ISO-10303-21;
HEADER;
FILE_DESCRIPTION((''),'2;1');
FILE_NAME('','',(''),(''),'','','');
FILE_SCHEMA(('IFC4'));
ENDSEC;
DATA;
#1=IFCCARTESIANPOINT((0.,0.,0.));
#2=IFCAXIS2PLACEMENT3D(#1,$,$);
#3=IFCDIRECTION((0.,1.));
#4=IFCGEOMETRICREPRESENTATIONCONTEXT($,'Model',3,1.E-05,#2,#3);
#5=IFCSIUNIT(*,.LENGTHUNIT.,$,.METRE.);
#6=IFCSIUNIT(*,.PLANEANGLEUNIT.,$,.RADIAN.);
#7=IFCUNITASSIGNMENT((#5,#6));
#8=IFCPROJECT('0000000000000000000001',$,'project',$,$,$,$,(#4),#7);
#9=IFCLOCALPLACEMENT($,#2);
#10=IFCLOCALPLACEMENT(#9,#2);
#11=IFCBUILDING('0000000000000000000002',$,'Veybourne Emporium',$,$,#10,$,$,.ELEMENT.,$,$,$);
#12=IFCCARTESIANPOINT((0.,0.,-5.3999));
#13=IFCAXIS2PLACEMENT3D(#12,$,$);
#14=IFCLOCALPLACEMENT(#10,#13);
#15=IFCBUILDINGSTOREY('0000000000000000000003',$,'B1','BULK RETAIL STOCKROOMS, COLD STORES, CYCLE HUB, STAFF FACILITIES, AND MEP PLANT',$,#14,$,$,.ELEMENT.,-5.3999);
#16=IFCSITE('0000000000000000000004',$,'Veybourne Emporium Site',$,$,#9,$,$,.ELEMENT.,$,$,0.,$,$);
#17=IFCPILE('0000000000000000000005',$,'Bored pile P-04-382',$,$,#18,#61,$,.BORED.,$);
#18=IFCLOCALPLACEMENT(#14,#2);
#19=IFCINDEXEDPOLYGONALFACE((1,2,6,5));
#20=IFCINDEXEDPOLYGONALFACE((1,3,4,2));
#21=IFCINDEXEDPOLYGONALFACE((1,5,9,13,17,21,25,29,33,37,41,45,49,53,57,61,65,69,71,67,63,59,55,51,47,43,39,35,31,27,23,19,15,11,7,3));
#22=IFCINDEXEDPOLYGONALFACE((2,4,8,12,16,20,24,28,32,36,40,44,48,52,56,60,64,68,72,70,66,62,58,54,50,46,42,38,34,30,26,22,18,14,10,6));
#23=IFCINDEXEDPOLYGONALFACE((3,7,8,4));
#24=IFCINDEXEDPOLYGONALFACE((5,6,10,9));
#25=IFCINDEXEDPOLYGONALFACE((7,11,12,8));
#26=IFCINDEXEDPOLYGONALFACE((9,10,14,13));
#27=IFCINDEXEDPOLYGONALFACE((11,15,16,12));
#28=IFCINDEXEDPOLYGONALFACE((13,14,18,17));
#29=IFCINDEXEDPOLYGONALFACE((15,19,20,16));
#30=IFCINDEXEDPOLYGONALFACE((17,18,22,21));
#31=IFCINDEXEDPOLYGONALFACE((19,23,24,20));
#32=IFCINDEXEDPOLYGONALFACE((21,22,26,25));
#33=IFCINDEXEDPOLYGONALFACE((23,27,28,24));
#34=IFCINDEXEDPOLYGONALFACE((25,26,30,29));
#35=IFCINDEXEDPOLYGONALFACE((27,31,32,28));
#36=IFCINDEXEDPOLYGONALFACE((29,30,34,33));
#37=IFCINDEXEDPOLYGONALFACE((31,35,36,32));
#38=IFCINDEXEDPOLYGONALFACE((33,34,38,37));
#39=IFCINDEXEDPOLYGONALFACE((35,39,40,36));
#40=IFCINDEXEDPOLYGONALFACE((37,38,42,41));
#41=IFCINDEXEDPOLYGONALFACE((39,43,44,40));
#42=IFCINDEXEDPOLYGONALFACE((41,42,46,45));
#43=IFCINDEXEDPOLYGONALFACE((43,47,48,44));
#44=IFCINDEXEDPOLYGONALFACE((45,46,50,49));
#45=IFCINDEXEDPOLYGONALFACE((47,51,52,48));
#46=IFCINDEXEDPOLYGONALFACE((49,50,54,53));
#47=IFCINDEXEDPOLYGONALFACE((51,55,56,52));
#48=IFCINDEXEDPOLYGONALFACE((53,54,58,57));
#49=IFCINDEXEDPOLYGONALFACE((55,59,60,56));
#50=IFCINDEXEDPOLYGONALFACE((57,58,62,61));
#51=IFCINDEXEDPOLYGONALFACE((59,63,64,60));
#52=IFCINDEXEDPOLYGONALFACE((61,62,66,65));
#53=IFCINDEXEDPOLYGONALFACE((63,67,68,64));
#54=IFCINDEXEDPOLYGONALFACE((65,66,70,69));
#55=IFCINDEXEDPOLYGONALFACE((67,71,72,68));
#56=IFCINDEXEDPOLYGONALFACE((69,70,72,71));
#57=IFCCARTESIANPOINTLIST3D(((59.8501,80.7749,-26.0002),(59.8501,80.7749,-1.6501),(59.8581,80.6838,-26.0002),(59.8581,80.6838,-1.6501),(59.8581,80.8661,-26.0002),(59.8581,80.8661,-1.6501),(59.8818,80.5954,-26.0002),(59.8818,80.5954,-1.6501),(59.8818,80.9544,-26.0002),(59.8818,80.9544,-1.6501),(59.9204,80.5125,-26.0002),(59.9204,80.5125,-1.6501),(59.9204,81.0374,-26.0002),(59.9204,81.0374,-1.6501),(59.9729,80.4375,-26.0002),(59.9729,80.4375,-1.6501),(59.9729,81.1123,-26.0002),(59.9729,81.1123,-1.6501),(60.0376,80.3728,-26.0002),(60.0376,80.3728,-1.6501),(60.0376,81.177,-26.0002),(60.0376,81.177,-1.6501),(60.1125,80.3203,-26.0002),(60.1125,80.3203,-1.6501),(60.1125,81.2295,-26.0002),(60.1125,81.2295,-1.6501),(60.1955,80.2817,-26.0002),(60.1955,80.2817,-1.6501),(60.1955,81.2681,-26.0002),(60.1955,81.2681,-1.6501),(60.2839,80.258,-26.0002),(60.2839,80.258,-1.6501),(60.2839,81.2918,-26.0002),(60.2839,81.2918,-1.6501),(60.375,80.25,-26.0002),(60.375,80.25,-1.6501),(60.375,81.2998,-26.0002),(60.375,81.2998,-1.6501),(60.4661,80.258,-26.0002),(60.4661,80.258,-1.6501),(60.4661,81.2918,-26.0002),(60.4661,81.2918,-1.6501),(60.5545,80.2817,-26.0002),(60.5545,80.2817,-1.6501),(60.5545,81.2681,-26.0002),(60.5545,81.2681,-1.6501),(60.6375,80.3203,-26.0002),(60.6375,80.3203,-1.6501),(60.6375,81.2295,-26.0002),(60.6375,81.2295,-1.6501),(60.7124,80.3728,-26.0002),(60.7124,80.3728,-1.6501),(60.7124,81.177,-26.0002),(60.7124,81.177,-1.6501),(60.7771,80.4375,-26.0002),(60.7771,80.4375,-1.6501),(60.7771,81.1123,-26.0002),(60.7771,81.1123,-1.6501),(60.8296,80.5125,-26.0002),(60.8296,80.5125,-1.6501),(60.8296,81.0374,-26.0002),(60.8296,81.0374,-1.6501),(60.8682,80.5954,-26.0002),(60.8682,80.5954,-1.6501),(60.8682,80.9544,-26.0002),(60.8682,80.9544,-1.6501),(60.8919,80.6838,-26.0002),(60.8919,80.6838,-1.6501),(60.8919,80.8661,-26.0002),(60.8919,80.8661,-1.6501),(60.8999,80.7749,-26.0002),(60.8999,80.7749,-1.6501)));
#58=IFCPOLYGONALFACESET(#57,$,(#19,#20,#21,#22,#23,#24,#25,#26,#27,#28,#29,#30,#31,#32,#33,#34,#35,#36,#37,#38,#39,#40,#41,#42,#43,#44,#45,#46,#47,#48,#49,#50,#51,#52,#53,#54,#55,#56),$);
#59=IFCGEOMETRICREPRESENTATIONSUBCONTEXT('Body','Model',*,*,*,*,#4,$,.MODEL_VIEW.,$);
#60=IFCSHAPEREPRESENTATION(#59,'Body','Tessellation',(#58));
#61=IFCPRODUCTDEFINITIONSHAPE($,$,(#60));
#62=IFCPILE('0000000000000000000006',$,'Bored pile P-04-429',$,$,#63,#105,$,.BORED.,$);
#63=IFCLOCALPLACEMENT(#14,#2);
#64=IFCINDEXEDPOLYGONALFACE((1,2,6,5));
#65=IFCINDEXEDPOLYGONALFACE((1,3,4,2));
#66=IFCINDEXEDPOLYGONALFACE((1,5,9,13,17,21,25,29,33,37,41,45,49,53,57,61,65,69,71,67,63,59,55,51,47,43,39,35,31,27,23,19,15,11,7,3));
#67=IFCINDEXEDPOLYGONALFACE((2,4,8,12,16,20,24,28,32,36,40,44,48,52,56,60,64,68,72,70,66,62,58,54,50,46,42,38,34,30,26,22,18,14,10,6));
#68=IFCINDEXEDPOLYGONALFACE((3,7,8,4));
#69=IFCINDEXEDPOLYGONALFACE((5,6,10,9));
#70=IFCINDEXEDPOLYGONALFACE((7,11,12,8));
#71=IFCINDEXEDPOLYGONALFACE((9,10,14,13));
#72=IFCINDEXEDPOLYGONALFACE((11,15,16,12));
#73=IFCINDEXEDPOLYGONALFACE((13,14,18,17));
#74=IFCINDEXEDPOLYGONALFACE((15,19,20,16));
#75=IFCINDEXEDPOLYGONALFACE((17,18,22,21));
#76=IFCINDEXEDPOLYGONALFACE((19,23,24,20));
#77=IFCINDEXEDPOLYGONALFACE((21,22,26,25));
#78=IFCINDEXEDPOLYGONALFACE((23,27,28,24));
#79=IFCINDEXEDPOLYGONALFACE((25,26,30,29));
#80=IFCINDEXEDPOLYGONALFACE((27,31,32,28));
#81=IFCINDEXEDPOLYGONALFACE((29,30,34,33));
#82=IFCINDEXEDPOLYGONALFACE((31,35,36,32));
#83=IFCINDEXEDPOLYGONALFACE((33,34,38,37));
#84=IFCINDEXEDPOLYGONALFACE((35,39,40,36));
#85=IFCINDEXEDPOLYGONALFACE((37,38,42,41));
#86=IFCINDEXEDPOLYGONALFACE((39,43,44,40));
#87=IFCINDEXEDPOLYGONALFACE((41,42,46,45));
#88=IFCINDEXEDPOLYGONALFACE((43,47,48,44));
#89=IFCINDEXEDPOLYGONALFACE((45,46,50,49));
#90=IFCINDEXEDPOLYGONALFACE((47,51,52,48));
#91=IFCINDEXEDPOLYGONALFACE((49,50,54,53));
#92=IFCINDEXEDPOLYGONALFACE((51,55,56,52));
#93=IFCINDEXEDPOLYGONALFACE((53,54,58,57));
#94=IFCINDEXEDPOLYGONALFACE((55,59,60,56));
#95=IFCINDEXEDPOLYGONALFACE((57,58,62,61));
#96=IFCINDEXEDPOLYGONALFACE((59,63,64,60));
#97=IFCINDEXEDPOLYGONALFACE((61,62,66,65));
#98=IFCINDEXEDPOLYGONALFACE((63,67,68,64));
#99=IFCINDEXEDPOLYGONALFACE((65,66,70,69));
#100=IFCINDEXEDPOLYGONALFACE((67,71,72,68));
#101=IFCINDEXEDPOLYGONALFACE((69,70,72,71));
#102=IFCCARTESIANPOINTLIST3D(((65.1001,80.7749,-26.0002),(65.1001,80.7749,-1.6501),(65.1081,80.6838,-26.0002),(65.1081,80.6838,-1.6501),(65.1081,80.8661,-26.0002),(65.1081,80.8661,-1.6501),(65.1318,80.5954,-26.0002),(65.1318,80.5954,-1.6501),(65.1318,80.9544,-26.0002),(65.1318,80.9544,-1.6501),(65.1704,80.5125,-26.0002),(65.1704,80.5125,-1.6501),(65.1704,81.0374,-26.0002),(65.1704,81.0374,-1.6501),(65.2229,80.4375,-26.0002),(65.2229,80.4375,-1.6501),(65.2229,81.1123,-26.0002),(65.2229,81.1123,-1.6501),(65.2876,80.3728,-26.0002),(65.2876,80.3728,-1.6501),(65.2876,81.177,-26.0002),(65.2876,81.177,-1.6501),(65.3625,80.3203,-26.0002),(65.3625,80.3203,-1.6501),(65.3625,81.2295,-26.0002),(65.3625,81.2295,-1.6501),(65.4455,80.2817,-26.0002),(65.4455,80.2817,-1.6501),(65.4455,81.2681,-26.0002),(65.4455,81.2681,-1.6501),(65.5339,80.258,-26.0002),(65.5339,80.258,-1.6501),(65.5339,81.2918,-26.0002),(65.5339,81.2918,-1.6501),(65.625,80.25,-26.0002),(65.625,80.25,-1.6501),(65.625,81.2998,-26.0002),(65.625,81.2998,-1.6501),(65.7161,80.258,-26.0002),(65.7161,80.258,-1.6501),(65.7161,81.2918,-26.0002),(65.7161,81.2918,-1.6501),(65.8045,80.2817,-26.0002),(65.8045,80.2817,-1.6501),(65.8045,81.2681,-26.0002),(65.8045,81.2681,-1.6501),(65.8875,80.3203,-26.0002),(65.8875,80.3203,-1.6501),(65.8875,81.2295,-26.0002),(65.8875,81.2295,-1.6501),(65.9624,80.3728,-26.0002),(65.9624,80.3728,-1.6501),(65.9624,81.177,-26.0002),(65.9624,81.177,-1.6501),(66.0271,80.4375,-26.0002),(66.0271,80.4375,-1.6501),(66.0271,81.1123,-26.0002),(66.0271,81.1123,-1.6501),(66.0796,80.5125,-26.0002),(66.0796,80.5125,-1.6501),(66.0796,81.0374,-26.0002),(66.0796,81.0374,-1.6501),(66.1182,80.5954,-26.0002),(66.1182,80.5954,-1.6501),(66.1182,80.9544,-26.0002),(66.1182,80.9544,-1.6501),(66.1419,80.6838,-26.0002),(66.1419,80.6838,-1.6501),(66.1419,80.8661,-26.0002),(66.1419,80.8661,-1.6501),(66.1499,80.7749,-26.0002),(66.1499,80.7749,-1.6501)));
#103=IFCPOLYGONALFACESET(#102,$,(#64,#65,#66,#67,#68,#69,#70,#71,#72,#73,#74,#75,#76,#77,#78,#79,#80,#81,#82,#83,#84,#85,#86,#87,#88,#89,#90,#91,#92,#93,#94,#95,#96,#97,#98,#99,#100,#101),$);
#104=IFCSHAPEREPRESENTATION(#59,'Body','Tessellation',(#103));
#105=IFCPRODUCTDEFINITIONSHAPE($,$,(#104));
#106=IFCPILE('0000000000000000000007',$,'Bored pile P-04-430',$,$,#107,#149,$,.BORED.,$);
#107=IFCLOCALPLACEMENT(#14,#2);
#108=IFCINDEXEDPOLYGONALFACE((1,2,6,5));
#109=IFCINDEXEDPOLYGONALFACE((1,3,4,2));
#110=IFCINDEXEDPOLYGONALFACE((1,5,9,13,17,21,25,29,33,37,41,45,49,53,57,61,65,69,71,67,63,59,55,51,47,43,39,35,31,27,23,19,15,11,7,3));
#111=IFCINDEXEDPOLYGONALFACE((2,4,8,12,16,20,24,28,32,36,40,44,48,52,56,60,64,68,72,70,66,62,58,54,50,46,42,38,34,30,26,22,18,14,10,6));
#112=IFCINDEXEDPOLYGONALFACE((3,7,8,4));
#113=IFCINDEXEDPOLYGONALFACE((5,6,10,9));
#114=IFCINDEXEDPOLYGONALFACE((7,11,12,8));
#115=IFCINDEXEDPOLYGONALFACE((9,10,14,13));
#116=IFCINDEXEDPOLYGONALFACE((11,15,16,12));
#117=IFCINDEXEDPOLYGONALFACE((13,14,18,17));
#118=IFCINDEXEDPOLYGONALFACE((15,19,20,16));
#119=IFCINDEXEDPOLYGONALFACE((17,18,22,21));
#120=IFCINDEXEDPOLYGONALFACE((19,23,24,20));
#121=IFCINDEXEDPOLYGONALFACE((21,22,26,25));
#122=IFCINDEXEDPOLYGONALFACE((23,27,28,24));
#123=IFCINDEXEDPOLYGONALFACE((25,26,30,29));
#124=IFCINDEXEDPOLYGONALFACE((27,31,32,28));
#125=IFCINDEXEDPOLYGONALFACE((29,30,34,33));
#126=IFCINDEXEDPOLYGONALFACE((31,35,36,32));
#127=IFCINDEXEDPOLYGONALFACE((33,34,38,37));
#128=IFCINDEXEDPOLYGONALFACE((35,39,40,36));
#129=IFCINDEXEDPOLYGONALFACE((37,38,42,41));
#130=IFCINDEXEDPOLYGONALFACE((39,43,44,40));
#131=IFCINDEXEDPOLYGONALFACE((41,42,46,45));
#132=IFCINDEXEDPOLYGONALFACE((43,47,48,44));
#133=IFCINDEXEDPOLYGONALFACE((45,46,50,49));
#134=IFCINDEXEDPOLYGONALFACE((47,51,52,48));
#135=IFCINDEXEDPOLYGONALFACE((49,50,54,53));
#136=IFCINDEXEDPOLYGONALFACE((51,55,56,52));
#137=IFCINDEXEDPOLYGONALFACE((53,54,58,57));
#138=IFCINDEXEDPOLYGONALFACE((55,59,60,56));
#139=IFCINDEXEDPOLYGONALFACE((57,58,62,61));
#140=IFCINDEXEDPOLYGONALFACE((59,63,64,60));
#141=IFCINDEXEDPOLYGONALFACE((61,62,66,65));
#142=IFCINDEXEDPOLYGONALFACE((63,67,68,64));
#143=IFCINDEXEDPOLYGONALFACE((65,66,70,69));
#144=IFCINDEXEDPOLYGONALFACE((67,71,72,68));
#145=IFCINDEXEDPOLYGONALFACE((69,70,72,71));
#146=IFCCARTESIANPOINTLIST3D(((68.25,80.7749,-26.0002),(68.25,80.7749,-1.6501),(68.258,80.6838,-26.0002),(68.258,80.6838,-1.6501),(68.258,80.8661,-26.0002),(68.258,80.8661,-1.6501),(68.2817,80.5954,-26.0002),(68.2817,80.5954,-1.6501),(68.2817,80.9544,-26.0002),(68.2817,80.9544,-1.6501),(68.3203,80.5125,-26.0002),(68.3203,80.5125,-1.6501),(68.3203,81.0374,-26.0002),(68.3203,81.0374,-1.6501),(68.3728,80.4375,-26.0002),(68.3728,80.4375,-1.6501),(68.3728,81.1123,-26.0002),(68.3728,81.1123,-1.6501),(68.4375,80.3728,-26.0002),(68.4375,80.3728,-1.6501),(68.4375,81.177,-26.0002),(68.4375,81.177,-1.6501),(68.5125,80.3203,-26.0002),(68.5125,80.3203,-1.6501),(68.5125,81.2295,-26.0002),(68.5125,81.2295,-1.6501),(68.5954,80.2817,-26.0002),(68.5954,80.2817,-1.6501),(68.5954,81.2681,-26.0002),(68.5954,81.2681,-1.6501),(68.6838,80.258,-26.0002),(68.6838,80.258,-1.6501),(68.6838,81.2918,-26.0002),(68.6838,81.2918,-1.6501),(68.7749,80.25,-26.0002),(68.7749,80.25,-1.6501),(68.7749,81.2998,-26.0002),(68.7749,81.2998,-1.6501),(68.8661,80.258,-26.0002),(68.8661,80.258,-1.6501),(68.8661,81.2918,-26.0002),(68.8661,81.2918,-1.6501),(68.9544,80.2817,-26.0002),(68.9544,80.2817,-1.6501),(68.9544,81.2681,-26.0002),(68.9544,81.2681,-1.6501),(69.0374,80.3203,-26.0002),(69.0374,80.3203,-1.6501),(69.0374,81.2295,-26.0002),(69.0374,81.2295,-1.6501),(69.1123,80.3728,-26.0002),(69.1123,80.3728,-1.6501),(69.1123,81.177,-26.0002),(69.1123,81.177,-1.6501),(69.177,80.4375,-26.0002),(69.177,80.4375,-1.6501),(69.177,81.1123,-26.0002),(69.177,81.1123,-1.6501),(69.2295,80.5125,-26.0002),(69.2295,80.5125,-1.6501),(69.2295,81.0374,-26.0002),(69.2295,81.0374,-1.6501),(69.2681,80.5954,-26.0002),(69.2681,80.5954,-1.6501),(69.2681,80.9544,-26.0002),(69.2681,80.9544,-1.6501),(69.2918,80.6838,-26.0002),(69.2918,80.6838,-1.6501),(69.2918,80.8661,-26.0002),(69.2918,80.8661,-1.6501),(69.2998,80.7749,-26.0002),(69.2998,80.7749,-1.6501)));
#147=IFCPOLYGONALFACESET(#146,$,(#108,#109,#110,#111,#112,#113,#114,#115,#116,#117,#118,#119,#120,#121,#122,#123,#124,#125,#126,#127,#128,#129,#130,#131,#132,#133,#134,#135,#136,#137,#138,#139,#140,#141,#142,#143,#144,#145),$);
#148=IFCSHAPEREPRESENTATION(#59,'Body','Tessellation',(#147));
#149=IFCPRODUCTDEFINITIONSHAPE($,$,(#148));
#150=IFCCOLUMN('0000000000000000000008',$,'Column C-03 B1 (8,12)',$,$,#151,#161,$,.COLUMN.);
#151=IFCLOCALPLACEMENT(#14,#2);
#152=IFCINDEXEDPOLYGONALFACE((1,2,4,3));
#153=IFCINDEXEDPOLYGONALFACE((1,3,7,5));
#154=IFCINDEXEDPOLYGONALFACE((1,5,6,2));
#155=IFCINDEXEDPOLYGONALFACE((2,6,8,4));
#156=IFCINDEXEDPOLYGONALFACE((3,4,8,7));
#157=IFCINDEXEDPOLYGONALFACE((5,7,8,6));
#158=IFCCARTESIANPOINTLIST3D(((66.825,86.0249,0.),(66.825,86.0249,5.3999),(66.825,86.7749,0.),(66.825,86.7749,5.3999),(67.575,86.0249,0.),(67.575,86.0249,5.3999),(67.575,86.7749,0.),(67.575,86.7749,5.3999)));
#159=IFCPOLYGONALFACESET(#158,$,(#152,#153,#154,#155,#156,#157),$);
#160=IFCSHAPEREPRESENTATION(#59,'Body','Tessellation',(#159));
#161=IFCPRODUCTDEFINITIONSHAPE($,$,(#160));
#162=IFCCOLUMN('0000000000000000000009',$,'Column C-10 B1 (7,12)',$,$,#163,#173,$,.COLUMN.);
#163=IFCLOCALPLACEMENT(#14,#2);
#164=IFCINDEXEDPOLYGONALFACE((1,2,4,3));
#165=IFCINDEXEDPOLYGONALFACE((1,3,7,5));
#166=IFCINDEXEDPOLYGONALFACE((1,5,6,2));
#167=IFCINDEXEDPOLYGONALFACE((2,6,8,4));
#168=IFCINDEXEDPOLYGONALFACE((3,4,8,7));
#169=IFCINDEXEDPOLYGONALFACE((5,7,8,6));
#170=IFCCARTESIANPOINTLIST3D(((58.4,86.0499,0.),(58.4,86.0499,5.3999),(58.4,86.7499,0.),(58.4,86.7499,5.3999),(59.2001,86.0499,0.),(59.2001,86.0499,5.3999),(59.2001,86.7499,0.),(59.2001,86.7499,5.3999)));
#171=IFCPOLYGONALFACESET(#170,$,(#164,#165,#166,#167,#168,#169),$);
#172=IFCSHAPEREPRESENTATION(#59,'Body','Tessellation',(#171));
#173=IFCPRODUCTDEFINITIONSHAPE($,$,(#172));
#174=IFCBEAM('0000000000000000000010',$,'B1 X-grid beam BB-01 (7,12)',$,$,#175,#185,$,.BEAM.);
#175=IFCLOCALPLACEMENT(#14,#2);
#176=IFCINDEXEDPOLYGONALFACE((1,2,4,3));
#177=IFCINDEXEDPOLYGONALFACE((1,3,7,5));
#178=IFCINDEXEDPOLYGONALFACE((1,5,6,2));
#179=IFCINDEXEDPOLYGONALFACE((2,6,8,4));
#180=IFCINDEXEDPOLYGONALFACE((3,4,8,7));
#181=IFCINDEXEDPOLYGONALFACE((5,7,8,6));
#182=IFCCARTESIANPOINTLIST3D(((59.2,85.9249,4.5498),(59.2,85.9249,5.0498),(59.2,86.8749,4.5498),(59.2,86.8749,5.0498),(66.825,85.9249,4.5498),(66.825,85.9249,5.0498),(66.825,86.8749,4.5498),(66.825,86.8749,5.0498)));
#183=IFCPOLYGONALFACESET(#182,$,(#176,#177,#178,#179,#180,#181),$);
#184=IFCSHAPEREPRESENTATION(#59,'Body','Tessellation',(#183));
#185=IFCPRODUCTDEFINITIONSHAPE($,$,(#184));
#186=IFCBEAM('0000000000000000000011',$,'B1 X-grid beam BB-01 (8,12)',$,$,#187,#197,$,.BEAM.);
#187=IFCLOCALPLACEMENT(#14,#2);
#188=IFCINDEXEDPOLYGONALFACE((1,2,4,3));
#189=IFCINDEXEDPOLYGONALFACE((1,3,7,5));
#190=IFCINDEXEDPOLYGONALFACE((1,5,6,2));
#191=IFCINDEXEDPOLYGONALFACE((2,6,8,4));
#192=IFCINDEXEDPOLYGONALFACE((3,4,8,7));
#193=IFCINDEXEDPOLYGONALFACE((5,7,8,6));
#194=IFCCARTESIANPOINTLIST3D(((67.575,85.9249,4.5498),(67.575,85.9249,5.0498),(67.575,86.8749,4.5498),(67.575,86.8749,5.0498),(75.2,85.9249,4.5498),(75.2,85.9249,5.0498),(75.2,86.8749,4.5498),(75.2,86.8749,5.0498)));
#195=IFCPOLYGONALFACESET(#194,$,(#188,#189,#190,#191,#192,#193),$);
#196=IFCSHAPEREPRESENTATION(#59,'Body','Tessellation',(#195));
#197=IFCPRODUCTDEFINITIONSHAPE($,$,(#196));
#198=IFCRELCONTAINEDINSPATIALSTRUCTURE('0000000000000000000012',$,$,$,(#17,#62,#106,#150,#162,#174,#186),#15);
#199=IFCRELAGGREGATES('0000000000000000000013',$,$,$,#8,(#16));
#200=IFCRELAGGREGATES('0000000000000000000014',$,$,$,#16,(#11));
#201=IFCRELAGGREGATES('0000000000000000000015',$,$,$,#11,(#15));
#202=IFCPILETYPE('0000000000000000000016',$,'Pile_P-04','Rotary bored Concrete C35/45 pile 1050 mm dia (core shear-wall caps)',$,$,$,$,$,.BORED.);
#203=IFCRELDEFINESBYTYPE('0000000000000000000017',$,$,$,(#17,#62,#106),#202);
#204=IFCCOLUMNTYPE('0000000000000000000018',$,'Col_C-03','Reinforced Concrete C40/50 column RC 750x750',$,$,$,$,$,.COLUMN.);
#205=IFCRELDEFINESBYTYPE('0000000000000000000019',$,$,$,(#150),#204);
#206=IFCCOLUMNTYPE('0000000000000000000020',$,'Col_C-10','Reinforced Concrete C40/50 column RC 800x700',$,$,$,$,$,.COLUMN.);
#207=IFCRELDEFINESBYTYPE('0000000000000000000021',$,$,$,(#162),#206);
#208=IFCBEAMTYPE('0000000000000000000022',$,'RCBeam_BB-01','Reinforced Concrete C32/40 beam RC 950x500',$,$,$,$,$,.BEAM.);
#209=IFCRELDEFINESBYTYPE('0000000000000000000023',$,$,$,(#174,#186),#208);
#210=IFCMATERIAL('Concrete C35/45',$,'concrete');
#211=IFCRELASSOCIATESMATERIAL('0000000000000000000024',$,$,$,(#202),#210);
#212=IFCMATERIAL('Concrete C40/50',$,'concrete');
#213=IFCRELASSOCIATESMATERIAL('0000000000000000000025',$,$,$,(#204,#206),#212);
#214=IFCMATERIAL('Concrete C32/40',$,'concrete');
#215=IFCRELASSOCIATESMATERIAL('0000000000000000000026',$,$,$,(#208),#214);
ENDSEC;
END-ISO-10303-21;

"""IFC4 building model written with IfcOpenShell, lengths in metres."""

from ifc_helpers import new_model, si_unit, direction, frame, origin, origin_2d, place, context, subcontext, project, spatial, rectangle, circle, extrude, material, material_profile, profile_set, type_object, element, save


model = new_model("IFC4")

# Units and contexts
model_context = context("Model", 3, precision=1e-05, world=origin(), true_north=direction((0.0, 1.0)))
body_context = subcontext(model_context, "Body", "Model", "MODEL_VIEW")
ifc_project = project(units=[si_unit("LENGTHUNIT", "METRE"), si_unit("PLANEANGLEUNIT", "RADIAN")], contexts=[model_context])

# Site, building, storey
site_placement = place(None, origin())
site = spatial("IfcSite", under=ifc_project, at=site_placement, Name="Veybourne Emporium Site", CompositionType="ELEMENT", RefElevation=0.0)
building_placement = place(site_placement, origin())
building = spatial("IfcBuilding", under=site, at=building_placement, Name="Veybourne Emporium", CompositionType="ELEMENT")
storey_placement = place(building_placement, frame((0.0, 0.0, -5.3999)))
storey = spatial("IfcBuildingStorey", under=building, at=storey_placement, Name="B1", Description="BULK RETAIL STOCKROOMS, COLD STORES, CYCLE HUB, STAFF FACILITIES, AND MEP PLANT", CompositionType="ELEMENT", Elevation=-5.3999)

# Shared definitions
ifc_material_1 = material(Name="Concrete C35/45", Category="concrete")

# Piles
ifc_material_profile_1 = material_profile(ifc_material_1, circle(Radius=0.5249, at=origin_2d()), Name="BORED PILE 1050")
ifc_profile_set_1 = profile_set([ifc_material_profile_1], Name="Concrete C35/45")
pile_type_1 = type_object("IfcPileType", Name="Pile_P-04", Description="Rotary bored Concrete C35/45 pile 1050 mm dia (core shear-wall caps)", PredefinedType="BORED", material=ifc_profile_set_1)
for number, where, z_axis, x_axis, name in (
    (1, (60.375, 80.7749, -1.6501), (0.0, 0.0, -1.0), (1.0, 0.0, 0.0), "Bored pile P-04-382"),
    (2, (65.625, 80.7749, -1.6501), (0.0, 0.0, -1.0), (1.0, 0.0, 0.0), "Bored pile P-04-429"),
    (3, (68.7749, 80.7749, -1.6501), (0.0, 0.0, -1.0), (1.0, 0.0, 0.0), "Bored pile P-04-430"),
):
    element("IfcPile", number, at=place(storey_placement, frame(where, z_axis=z_axis, x_axis=x_axis)), inside=storey, type_object=pile_type_1, Name=name, PredefinedType="BORED", context=body_context, shape_type="SweptSolid", body=[
        extrude(circle(Radius=0.5249, at=origin_2d()), origin(), (0.0, 0.0, 1.0), 24.3501),
    ])

# Columns
ifc_material_2 = material(Name="Concrete C40/50", Category="concrete")
ifc_material_profile_2 = material_profile(ifc_material_2, rectangle(XDim=0.75, YDim=0.75, at=origin_2d()), Name="RC 750x750")
ifc_profile_set_2 = profile_set([ifc_material_profile_2], Name="Concrete C40/50")
column_type_1 = type_object("IfcColumnType", Name="Col_C-03", Description="Reinforced Concrete C40/50 column RC 750x750", PredefinedType="COLUMN", material=ifc_profile_set_2)
column_1_placement = place(storey_placement, frame((67.2, 86.3999, 0.0), z_axis=(0.0, 0.0, 1.0), x_axis=(1.0, 0.0, 0.0)))
element("IfcColumn", 4, at=column_1_placement, inside=storey, type_object=column_type_1, Name="Column C-03 B1 (8,12)", PredefinedType="COLUMN", context=body_context, shape_type="SweptSolid", body=[
    extrude(rectangle(XDim=0.75, YDim=0.75, at=origin_2d()), origin(), (0.0, 0.0, 1.0), 5.3999),
])
ifc_material_profile_3 = material_profile(ifc_material_2, rectangle(XDim=0.8, YDim=0.7, at=origin_2d()), Name="RC 800x700")
ifc_profile_set_3 = profile_set([ifc_material_profile_3], Name="Concrete C40/50")
column_type_2 = type_object("IfcColumnType", Name="Col_C-10", Description="Reinforced Concrete C40/50 column RC 800x700", PredefinedType="COLUMN", material=ifc_profile_set_3)
column_2_placement = place(storey_placement, frame((58.8, 86.3999, 0.0), z_axis=(0.0, 0.0, 1.0), x_axis=(1.0, 0.0, 0.0)))
element("IfcColumn", 5, at=column_2_placement, inside=storey, type_object=column_type_2, Name="Column C-10 B1 (7,12)", PredefinedType="COLUMN", context=body_context, shape_type="SweptSolid", body=[
    extrude(rectangle(XDim=0.8, YDim=0.7, at=origin_2d()), origin(), (0.0, 0.0, 1.0), 5.3999),
])

# Beams
ifc_material_3 = material(Name="Concrete C32/40", Category="concrete")
ifc_material_profile_4 = material_profile(ifc_material_3, rectangle(XDim=0.95, YDim=0.5, at=origin_2d()), Name="RC 950x500")
ifc_profile_set_4 = profile_set([ifc_material_profile_4], Name="Concrete C32/40")
beam_type_1 = type_object("IfcBeamType", Name="RCBeam_BB-01", Description="Reinforced Concrete C32/40 beam RC 950x500", PredefinedType="BEAM", material=ifc_profile_set_4)
for number, where, z_axis, x_axis, name in (
    (6, (59.2, 86.3999, 4.7998), (1.0, 0.0, 0.0), (0.0, 1.0, 0.0), "B1 X-grid beam BB-01 (7,12)"),
    (7, (67.575, 86.3999, 4.7998), (1.0, 0.0, 0.0), (0.0, 1.0, 0.0), "B1 X-grid beam BB-01 (8,12)"),
):
    element("IfcBeam", number, at=place(storey_placement, frame(where, z_axis=z_axis, x_axis=x_axis)), inside=storey, type_object=beam_type_1, Name=name, PredefinedType="BEAM", context=body_context, shape_type="SweptSolid", body=[
        extrude(rectangle(XDim=0.95, YDim=0.5, at=origin_2d()), origin(), (0.0, 0.0, 1.0), 7.625),
    ])

save(model, "model.ifc")
